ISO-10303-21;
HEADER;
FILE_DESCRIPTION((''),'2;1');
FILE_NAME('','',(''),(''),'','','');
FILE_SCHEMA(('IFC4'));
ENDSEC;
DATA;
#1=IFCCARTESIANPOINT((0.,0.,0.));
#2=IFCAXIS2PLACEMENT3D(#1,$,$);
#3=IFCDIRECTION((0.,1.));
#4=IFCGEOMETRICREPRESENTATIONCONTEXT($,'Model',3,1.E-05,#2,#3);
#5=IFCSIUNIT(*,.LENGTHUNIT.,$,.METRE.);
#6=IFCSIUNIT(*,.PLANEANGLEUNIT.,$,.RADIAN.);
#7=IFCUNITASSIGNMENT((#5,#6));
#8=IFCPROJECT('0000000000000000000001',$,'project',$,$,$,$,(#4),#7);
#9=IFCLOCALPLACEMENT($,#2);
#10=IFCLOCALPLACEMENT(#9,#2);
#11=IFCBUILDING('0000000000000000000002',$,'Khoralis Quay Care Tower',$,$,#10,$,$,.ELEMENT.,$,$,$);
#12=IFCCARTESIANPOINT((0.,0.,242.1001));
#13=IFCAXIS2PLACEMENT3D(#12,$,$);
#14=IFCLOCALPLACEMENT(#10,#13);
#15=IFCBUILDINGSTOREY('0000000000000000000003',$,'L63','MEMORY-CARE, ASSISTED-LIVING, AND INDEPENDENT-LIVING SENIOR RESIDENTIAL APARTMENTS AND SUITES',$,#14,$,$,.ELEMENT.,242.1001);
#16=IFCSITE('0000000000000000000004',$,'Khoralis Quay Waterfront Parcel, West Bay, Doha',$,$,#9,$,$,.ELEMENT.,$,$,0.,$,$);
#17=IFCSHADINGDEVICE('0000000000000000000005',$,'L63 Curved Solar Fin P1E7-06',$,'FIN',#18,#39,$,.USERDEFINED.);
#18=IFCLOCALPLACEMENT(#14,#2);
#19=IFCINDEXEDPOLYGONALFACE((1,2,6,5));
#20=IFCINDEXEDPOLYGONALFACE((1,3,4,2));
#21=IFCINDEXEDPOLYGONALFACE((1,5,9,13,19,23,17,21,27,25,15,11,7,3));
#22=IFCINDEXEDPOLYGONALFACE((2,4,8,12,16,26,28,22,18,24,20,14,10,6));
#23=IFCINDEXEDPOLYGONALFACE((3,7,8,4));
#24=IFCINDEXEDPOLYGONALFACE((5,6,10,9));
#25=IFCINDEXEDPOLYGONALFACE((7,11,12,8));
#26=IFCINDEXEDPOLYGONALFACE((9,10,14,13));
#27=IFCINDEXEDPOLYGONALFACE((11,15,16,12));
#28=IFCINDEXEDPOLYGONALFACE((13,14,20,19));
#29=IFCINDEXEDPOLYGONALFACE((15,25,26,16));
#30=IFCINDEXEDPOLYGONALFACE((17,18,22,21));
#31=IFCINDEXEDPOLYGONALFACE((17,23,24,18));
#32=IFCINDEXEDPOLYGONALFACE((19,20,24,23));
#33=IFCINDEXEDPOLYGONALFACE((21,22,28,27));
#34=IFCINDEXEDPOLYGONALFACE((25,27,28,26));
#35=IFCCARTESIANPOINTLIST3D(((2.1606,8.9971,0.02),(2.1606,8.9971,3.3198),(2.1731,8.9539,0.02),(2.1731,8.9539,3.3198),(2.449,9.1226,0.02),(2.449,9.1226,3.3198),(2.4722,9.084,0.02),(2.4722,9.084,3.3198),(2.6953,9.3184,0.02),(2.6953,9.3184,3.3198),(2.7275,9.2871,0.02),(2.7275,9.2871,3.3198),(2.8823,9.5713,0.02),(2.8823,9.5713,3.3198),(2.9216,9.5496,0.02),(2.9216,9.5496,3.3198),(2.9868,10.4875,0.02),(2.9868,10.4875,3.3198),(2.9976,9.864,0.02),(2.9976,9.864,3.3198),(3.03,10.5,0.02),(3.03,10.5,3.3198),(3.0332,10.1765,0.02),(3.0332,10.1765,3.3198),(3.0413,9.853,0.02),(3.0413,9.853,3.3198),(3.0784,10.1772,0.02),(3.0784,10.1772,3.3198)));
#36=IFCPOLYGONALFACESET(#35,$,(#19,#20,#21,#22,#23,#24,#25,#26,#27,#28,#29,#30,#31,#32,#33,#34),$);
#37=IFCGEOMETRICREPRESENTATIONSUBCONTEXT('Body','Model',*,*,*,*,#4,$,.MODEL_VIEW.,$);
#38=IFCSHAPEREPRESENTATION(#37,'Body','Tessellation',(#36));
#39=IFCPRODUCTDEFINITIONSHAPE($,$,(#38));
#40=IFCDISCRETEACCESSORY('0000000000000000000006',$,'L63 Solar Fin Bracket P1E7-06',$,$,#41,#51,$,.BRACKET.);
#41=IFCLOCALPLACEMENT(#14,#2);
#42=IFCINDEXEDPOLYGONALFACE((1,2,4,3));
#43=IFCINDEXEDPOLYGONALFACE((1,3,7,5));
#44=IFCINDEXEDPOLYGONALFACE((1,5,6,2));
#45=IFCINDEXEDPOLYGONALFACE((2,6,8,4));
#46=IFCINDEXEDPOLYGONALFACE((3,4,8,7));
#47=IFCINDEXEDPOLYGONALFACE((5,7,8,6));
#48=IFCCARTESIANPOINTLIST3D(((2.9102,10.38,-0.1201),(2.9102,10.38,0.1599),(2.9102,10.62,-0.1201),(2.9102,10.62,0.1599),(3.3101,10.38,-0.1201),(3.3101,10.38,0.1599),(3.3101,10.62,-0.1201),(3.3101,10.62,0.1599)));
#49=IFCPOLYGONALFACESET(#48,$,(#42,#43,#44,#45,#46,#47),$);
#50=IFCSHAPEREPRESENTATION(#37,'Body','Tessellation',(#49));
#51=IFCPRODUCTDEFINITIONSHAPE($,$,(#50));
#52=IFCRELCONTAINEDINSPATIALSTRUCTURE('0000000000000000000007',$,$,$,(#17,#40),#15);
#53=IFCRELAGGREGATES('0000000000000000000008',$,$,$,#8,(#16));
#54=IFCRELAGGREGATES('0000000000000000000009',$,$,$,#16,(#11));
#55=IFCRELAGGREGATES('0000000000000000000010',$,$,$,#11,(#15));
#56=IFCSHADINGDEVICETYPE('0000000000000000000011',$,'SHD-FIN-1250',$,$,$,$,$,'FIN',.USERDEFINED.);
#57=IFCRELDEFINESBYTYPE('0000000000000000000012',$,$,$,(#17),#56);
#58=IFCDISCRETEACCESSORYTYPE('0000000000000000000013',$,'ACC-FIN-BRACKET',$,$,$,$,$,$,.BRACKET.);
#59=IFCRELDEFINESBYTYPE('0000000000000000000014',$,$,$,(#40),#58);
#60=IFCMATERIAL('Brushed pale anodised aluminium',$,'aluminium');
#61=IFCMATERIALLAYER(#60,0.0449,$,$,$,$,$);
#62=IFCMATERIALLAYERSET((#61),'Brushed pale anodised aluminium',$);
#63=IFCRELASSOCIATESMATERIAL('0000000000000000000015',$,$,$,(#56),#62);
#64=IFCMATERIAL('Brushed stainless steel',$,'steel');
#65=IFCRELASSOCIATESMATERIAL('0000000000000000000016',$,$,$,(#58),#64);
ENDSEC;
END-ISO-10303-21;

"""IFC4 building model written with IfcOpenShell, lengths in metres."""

from ifc_helpers import new_model, si_unit, direction, frame, origin, origin_2d, place, context, subcontext, project, spatial, polyline, rectangle, outline, extrude, source, transform, mapped, material, layer, layer_set, type_object, element, save


model = new_model("IFC4")

# Units and contexts
model_context = context("Model", 3, precision=1e-05, world=origin(), true_north=direction((0.0, 1.0)))
body_context = subcontext(model_context, "Body", "Model", "MODEL_VIEW")
ifc_project = project(units=[si_unit("LENGTHUNIT", "METRE"), si_unit("PLANEANGLEUNIT", "RADIAN")], contexts=[model_context])

# Site, building, storey
site_placement = place(None, origin())
site = spatial("IfcSite", under=ifc_project, at=site_placement, Name="Khoralis Quay Waterfront Parcel, West Bay, Doha", CompositionType="ELEMENT", RefElevation=0.0)
building_placement = place(site_placement, origin())
building = spatial("IfcBuilding", under=site, at=building_placement, Name="Khoralis Quay Care Tower", CompositionType="ELEMENT")
storey_placement = place(building_placement, frame((0.0, 0.0, 242.1001)))
storey = spatial("IfcBuildingStorey", under=building, at=storey_placement, Name="L63", Description="MEMORY-CARE, ASSISTED-LIVING, AND INDEPENDENT-LIVING SENIOR RESIDENTIAL APARTMENTS AND SUITES", CompositionType="ELEMENT", Elevation=242.1001)

# Shading device
ifc_material_1 = material(Name="Brushed pale anodised aluminium", Category="aluminium")
ifc_layer_1 = layer(ifc_material_1, 0.0449)
ifc_layer_set_1 = layer_set([ifc_layer_1], Name="Brushed pale anodised aluminium")
shading_device_type = type_object("IfcShadingDeviceType", Name="SHD-FIN-1250", ElementType="FIN", PredefinedType="USERDEFINED", material=ifc_layer_set_1)
shared_shape_1 = source(origin(), body_context, "Body", "SweptSolid", [
    extrude(outline(polyline([(0.0, 0.0), (-0.0483, 0.3228), (-0.0112, 0.647), (0.1084, 0.9504), (0.3025, 1.2129), (0.5579, 1.416), (0.8569, 1.5461), (0.8694, 1.5029), (0.5811, 1.3774), (0.3347, 1.1816), (0.1477, 0.9287), (0.0325, 0.636), (-0.0032, 0.3235), (0.0432, 0.0125), (0.0, 0.0)])), origin(), (0.0, 0.0, 1.0), 3.2998),
])
shading_device_placement = place(storey_placement, frame((3.03, 10.5, 0.02), z_axis=(0.0, 0.0, 1.0), x_axis=(-1.0, 0.0, 0.0)))
element("IfcShadingDevice", 1, at=shading_device_placement, inside=storey, type_object=shading_device_type, Name="L63 Curved Solar Fin P1E7-06", ObjectType="FIN", PredefinedType="USERDEFINED", context=body_context, shape_type="MappedRepresentation", body=[
    mapped(shared_shape_1, transform((0.0, 0.0, 0.0), scale=1.0)),
])

# Discrete accessory
ifc_material_2 = material(Name="Brushed stainless steel", Category="steel")
discrete_accessory_type = type_object("IfcDiscreteAccessoryType", Name="ACC-FIN-BRACKET", PredefinedType="BRACKET", material=ifc_material_2)
shared_shape_2 = source(origin(), body_context, "Body", "SweptSolid", [
    extrude(rectangle(XDim=0.3999, YDim=0.24, at=origin_2d()), origin(), (0.0, 0.0, 1.0), 0.28),
])
discrete_accessory_placement = place(storey_placement, frame((3.1101, 10.5, -0.1201), z_axis=(0.0, 0.0, 1.0), x_axis=(-1.0, 0.0, 0.0)))
element("IfcDiscreteAccessory", 2, at=discrete_accessory_placement, inside=storey, type_object=discrete_accessory_type, Name="L63 Solar Fin Bracket P1E7-06", PredefinedType="BRACKET", context=body_context, shape_type="MappedRepresentation", body=[
    mapped(shared_shape_2, transform((0.0, 0.0, 0.0), scale=1.0)),
])

save(model, "model.ifc")
